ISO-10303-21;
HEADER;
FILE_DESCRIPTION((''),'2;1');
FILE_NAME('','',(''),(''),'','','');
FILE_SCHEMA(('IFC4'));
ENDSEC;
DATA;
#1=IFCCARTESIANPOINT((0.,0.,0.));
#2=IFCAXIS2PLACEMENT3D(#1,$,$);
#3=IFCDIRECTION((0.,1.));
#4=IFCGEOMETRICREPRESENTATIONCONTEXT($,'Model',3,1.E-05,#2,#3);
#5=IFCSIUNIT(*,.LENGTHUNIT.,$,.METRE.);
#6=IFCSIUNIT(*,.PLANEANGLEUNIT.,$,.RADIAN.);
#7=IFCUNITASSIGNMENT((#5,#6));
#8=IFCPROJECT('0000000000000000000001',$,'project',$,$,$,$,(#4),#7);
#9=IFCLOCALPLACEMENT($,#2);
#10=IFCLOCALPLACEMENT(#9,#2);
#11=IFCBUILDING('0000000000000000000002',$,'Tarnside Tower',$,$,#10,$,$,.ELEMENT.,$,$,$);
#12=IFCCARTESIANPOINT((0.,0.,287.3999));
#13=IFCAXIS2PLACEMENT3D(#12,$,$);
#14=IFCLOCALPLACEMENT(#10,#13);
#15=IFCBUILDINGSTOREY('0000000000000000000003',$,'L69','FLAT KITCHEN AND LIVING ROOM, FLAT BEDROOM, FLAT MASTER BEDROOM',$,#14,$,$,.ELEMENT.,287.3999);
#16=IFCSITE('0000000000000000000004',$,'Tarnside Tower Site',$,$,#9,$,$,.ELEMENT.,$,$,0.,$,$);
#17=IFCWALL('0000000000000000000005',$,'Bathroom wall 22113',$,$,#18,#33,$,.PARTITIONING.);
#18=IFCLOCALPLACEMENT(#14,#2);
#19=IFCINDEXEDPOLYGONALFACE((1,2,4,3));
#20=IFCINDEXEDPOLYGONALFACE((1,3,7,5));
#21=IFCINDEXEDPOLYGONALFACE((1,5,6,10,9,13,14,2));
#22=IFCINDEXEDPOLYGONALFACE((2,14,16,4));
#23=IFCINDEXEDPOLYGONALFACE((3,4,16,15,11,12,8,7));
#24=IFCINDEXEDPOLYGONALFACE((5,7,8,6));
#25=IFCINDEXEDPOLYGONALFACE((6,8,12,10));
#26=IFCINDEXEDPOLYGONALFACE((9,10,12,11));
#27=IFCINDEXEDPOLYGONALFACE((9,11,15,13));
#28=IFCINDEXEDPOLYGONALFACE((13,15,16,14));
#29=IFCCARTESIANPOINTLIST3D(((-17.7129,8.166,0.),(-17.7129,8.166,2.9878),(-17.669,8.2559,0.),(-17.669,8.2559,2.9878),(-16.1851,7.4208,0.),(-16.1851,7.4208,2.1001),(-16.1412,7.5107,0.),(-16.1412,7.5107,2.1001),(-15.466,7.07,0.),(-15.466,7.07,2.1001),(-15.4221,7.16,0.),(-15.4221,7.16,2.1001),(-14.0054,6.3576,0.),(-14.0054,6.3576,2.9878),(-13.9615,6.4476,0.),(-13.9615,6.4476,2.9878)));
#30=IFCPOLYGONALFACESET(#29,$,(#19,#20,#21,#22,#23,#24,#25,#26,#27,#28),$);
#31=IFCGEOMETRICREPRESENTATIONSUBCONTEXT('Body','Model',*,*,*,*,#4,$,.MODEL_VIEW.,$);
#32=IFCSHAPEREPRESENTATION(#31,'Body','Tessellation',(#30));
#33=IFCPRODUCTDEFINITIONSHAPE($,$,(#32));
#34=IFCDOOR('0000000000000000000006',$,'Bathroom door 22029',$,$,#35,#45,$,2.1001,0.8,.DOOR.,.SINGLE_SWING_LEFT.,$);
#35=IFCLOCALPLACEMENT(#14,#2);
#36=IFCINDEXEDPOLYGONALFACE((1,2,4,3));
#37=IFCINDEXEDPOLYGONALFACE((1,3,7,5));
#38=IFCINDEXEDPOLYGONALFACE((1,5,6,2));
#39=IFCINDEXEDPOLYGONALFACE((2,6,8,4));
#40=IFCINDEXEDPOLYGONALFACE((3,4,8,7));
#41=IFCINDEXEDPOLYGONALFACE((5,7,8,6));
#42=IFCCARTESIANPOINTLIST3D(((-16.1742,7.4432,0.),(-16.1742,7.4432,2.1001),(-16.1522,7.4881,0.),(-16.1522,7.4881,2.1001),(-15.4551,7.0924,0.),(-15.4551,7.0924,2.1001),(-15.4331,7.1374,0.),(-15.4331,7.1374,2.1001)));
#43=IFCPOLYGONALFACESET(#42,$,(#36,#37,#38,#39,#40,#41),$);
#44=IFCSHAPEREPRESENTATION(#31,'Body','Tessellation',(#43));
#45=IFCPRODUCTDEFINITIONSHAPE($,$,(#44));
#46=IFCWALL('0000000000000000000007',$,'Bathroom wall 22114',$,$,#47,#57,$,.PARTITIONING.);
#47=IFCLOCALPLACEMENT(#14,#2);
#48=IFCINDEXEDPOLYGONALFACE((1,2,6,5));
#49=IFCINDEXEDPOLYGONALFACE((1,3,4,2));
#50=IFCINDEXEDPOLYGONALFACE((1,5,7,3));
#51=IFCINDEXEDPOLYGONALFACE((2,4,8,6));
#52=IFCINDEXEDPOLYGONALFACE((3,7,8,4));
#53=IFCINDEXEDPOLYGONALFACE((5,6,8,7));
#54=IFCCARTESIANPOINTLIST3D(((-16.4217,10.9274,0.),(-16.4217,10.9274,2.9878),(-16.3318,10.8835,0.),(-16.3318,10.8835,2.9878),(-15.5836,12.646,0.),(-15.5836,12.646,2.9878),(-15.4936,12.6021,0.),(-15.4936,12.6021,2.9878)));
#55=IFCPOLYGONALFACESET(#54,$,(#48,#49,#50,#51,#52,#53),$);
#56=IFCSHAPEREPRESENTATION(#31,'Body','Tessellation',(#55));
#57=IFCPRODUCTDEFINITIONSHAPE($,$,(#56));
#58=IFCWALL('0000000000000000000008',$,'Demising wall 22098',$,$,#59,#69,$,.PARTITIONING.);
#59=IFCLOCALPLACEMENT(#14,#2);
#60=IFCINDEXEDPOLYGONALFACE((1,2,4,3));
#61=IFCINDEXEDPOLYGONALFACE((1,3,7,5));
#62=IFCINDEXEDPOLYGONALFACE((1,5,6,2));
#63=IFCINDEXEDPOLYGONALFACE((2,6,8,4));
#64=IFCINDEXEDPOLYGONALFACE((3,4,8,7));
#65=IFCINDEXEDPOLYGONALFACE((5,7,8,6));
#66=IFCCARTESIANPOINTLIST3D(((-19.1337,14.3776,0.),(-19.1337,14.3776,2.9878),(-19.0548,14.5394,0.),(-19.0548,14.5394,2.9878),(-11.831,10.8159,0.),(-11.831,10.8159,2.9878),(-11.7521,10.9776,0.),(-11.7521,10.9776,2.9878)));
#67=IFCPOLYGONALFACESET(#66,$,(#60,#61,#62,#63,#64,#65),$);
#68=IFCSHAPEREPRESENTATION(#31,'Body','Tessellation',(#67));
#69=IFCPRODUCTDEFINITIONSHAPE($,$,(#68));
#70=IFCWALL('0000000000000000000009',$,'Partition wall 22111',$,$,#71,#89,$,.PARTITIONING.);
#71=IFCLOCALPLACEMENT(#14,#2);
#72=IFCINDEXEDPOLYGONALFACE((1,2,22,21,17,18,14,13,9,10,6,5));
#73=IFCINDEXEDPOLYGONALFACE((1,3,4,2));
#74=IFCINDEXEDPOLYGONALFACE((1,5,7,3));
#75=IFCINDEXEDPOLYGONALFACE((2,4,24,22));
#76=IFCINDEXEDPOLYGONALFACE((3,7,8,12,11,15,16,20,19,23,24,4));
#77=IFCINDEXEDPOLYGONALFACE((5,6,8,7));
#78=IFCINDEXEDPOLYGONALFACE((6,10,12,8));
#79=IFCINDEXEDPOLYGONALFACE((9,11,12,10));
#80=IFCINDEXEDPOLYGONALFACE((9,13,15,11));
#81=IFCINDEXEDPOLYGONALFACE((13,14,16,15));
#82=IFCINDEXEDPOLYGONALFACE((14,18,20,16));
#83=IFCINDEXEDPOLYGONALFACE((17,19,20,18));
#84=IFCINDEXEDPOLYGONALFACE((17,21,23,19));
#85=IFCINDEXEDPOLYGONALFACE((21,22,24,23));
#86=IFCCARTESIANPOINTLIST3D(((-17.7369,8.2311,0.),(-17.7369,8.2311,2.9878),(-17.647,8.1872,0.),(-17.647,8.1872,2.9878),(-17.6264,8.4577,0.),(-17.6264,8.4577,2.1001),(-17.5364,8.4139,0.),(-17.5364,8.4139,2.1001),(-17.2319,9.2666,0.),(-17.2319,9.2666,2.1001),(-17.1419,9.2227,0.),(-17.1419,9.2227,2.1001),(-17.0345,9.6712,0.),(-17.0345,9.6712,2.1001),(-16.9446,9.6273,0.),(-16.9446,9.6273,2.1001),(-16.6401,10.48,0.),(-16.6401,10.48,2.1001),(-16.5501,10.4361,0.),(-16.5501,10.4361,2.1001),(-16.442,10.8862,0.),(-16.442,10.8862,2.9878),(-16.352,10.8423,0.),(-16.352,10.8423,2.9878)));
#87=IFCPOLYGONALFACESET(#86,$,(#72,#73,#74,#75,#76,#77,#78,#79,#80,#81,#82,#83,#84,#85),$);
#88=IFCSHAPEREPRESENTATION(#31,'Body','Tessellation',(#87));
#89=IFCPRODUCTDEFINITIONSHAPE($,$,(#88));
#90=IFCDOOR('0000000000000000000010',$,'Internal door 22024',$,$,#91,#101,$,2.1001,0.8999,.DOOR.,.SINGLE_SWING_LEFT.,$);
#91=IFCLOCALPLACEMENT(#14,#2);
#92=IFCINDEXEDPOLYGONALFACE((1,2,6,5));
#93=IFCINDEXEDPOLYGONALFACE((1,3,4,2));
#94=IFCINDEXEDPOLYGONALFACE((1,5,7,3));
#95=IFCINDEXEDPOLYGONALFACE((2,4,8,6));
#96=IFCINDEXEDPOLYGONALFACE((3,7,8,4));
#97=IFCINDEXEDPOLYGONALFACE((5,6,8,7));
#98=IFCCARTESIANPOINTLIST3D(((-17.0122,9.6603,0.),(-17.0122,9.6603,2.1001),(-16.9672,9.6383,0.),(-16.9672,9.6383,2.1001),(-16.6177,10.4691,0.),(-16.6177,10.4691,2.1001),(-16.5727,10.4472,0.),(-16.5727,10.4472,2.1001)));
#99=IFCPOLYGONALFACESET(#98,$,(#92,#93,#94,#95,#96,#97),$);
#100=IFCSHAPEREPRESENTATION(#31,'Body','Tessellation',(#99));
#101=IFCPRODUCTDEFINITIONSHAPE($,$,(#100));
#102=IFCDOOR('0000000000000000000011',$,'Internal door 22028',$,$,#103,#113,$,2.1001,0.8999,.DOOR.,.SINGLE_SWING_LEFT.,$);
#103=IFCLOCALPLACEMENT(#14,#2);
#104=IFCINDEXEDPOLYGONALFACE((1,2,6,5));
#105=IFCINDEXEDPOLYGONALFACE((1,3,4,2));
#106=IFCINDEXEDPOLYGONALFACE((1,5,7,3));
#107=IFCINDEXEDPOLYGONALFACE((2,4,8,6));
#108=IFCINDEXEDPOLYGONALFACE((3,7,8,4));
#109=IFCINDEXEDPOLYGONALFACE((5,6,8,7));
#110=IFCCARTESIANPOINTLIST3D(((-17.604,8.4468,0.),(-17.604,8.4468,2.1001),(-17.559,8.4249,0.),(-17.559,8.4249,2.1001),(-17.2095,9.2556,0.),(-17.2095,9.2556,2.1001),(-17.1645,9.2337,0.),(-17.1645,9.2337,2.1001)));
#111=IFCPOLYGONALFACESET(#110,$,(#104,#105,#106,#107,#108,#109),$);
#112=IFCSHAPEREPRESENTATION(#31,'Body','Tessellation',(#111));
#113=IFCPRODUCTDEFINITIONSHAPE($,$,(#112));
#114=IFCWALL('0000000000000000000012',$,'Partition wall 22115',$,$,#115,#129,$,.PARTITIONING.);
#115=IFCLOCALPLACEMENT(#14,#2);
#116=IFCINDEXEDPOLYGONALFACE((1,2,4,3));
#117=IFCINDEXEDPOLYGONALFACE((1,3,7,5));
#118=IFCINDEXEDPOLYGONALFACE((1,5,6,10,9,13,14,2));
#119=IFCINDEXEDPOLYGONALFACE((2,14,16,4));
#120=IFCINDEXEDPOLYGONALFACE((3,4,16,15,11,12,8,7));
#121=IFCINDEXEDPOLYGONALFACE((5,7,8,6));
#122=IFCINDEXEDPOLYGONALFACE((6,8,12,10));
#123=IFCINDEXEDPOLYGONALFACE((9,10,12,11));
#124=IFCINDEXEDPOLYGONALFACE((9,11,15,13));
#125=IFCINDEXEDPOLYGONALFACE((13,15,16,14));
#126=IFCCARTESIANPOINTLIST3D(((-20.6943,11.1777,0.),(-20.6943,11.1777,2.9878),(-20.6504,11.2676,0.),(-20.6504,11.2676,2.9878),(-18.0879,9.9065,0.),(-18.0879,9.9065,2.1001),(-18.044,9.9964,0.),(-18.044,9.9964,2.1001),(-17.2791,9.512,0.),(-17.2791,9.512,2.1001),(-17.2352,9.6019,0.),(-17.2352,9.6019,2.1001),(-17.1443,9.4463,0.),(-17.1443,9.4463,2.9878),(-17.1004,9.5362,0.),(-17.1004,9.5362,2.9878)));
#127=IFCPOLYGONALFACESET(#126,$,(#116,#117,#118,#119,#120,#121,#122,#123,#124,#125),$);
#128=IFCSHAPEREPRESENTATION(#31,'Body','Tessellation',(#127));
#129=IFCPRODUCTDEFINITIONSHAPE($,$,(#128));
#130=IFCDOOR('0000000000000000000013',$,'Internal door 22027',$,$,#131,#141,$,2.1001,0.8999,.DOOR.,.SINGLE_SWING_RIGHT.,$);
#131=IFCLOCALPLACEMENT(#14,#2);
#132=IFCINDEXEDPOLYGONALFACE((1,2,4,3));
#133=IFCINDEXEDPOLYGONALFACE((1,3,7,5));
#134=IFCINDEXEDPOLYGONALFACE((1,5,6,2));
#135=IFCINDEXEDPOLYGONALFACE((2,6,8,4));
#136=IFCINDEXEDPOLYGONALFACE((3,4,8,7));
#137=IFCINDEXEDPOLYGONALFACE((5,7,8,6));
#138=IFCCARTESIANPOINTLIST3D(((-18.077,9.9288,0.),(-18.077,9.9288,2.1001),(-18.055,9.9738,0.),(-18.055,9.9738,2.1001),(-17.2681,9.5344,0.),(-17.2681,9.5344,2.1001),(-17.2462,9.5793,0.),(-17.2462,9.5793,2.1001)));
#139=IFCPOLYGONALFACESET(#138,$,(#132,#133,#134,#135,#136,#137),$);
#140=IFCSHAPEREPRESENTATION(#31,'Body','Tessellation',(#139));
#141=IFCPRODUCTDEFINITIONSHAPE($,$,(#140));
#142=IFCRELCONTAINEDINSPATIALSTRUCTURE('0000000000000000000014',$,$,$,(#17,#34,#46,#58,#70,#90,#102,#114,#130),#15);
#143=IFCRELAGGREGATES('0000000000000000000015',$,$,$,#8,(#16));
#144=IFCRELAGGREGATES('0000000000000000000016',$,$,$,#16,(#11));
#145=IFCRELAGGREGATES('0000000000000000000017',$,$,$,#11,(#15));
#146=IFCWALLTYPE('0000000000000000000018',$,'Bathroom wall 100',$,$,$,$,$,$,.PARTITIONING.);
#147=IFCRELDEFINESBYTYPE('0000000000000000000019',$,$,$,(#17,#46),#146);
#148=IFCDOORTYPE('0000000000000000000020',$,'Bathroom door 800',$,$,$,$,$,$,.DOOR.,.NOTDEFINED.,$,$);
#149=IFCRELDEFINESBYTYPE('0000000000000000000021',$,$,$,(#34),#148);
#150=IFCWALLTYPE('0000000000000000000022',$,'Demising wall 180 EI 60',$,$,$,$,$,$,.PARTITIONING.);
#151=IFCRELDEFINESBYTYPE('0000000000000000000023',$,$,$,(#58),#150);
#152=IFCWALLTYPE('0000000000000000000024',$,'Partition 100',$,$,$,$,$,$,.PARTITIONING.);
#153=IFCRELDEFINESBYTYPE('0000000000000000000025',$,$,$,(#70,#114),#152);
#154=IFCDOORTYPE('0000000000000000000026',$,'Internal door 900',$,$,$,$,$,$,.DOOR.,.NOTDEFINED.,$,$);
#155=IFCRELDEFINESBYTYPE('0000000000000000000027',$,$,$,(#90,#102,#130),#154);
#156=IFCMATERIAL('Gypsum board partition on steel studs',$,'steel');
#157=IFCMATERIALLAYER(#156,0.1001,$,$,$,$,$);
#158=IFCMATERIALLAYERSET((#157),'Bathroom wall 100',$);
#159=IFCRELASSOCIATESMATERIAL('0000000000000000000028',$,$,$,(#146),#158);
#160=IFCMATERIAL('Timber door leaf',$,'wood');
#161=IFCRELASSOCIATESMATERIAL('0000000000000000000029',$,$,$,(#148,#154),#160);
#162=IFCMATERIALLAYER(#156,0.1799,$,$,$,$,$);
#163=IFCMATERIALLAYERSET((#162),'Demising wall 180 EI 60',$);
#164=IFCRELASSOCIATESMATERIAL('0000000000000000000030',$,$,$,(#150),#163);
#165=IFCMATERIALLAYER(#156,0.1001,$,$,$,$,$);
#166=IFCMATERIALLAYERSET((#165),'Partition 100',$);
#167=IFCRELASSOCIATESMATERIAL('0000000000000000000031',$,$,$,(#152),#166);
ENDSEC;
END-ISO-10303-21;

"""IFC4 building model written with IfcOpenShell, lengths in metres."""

from ifc_helpers import new_model, si_unit, direction, frame, frame_2d, origin, place, context, subcontext, project, spatial, rectangle, extrude, material, layer, layer_set, type_object, element, fill, save


model = new_model("IFC4")

# Units and contexts
model_context = context("Model", 3, precision=1e-05, world=origin(), true_north=direction((0.0, 1.0)))
body_context = subcontext(model_context, "Body", "Model", "MODEL_VIEW")
ifc_project = project(units=[si_unit("LENGTHUNIT", "METRE"), si_unit("PLANEANGLEUNIT", "RADIAN")], contexts=[model_context])

# Site, building, storey
site_placement = place(None, origin())
site = spatial("IfcSite", under=ifc_project, at=site_placement, Name="Tarnside Tower Site", CompositionType="ELEMENT", RefElevation=0.0)
building_placement = place(site_placement, origin())
building = spatial("IfcBuilding", under=site, at=building_placement, Name="Tarnside Tower", CompositionType="ELEMENT")
storey_placement = place(building_placement, frame((0.0, 0.0, 287.3999)))
storey = spatial("IfcBuildingStorey", under=building, at=storey_placement, Name="L69", Description="FLAT KITCHEN AND LIVING ROOM, FLAT BEDROOM, FLAT MASTER BEDROOM", CompositionType="ELEMENT", Elevation=287.3999)

# Wall, opening, door
ifc_material_1 = material(Name="Gypsum board partition on steel studs", Category="steel")
ifc_layer_1 = layer(ifc_material_1, 0.1001)
ifc_layer_set_1 = layer_set([ifc_layer_1], Name="Bathroom wall 100")
wall_type_1 = type_object("IfcWallType", Name="Bathroom wall 100", PredefinedType="PARTITIONING", material=ifc_layer_set_1)
ifc_material_2 = material(Name="Timber door leaf", Category="wood")
door_type_1 = type_object("IfcDoorType", Name="Bathroom door 800", OperationType="NOTDEFINED", PredefinedType="DOOR", material=ifc_material_2)
wall_1_placement = place(storey_placement, frame((-17.6909, 8.2109, 0.0), z_axis=(0.0, 0.0, 1.0), x_axis=(0.898787, -0.438385, 0.0)))
wall_1 = element("IfcWall", 1, at=wall_1_placement, inside=storey, type_object=wall_type_1, Name="Bathroom wall 22113", PredefinedType="PARTITIONING", context=body_context, shape_type="SweptSolid", body=[
    extrude(rectangle(XDim=4.125, YDim=0.1001, at=frame_2d((2.0625, 0.0))), origin(), (0.0, 0.0, 1.0), 2.9878),
])
opening_1_placement = place(wall_1_placement, frame((1.7, 0.0, 0.0)))
opening_1 = element("IfcOpeningElement", 2, at=opening_1_placement, cuts=wall_1, PredefinedType="OPENING", context=body_context, shape_type="SweptSolid", body=[
    extrude(rectangle(XDim=0.8, YDim=2.1001, at=frame_2d((0.3999, 1.05))), frame((0.0, 0.0601, 0.0), z_axis=(0.0, -1.0, 0.0), x_axis=(1.0, 0.0, 0.0)), (0.0, 0.0, 1.0), 0.1201),
])
door_1_placement = place(opening_1_placement, origin())
door_1 = element("IfcDoor", 3, at=door_1_placement, inside=storey, type_object=door_type_1, Name="Bathroom door 22029", OperationType="SINGLE_SWING_LEFT", OverallHeight=2.1001, OverallWidth=0.8, PredefinedType="DOOR", context=body_context, shape_type="SweptSolid", body=[
    extrude(rectangle(XDim=0.8, YDim=2.1001, at=frame_2d((0.3999, 1.05))), frame((0.0, 0.0249, 0.0), z_axis=(0.0, -1.0, 0.0), x_axis=(1.0, 0.0, 0.0)), (0.0, 0.0, 1.0), 0.05),
])
fill(opening_1, door_1)

# Walls
wall_2_placement = place(storey_placement, frame((-15.5386, 12.624, 0.0), z_axis=(0.0, 0.0, 1.0), x_axis=(-0.438356, -0.898802, 0.0)))
element("IfcWall", 4, at=wall_2_placement, inside=storey, type_object=wall_type_1, Name="Bathroom wall 22114", PredefinedType="PARTITIONING", context=body_context, shape_type="SweptSolid", body=[
    extrude(rectangle(XDim=1.9121, YDim=0.1001, at=frame_2d((0.9561, 0.0))), origin(), (0.0, 0.0, 1.0), 2.9878),
])
ifc_layer_2 = layer(ifc_material_1, 0.1799)
ifc_layer_set_2 = layer_set([ifc_layer_2], Name="Demising wall 180 EI 60")
wall_type_2 = type_object("IfcWallType", Name="Demising wall 180 EI 60", PredefinedType="PARTITIONING", material=ifc_layer_set_2)
wall_3_placement = place(storey_placement, frame((-19.0942, 14.4585, 0.0), z_axis=(0.0, 0.0, 1.0), x_axis=(0.898795, -0.43837, 0.0)))
element("IfcWall", 5, at=wall_3_placement, inside=storey, type_object=wall_type_2, Name="Demising wall 22098", PredefinedType="PARTITIONING", context=body_context, shape_type="SweptSolid", body=[
    extrude(rectangle(XDim=8.125, YDim=0.1799, at=frame_2d((4.0625, 0.0))), origin(), (0.0, 0.0, 1.0), 2.9878),
])

# Wall, openings, doors
ifc_layer_3 = layer(ifc_material_1, 0.1001)
ifc_layer_set_3 = layer_set([ifc_layer_3], Name="Partition 100")
wall_type_3 = type_object("IfcWallType", Name="Partition 100", PredefinedType="PARTITIONING", material=ifc_layer_set_3)
wall_4_placement = place(storey_placement, frame((-16.397, 10.8643, 0.0), z_axis=(0.0, 0.0, 1.0), x_axis=(-0.438365, -0.898797, 0.0)))
wall_4 = element("IfcWall", 6, at=wall_4_placement, inside=storey, type_object=wall_type_3, Name="Partition wall 22111", PredefinedType="PARTITIONING", context=body_context, shape_type="SweptSolid", body=[
    extrude(rectangle(XDim=2.9541, YDim=0.1001, at=frame_2d((1.4771, 0.0))), origin(), (0.0, 0.0, 1.0), 2.9878),
])
opening_2_placement = place(wall_4_placement, frame((0.4519, 0.0, 0.0)))
opening_2 = element("IfcOpeningElement", 7, at=opening_2_placement, cuts=wall_4, PredefinedType="OPENING", context=body_context, shape_type="SweptSolid", body=[
    extrude(rectangle(XDim=0.8999, YDim=2.1001, at=frame_2d((0.45, 1.05))), frame((0.0, 0.0601, 0.0), z_axis=(0.0, -1.0, 0.0), x_axis=(1.0, 0.0, 0.0)), (0.0, 0.0, 1.0), 0.1201),
])
opening_3_placement = place(wall_4_placement, frame((1.802, 0.0, 0.0)))
opening_3 = element("IfcOpeningElement", 8, at=opening_3_placement, cuts=wall_4, PredefinedType="OPENING", context=body_context, shape_type="SweptSolid", body=[
    extrude(rectangle(XDim=0.8999, YDim=2.1001, at=frame_2d((0.45, 1.05))), frame((0.0, 0.0601, 0.0), z_axis=(0.0, -1.0, 0.0), x_axis=(1.0, 0.0, 0.0)), (0.0, 0.0, 1.0), 0.1201),
])
door_type_2 = type_object("IfcDoorType", Name="Internal door 900", OperationType="NOTDEFINED", PredefinedType="DOOR", material=ifc_material_2)
door_2_placement = place(opening_2_placement, origin())
door_2 = element("IfcDoor", 9, at=door_2_placement, inside=storey, type_object=door_type_2, Name="Internal door 22024", OperationType="SINGLE_SWING_LEFT", OverallHeight=2.1001, OverallWidth=0.8999, PredefinedType="DOOR", context=body_context, shape_type="SweptSolid", body=[
    extrude(rectangle(XDim=0.8999, YDim=2.1001, at=frame_2d((0.45, 1.05))), frame((0.0, 0.0249, 0.0), z_axis=(0.0, -1.0, 0.0), x_axis=(1.0, 0.0, 0.0)), (0.0, 0.0, 1.0), 0.05),
])
fill(opening_2, door_2)
door_3_placement = place(opening_3_placement, origin())
door_3 = element("IfcDoor", 10, at=door_3_placement, inside=storey, type_object=door_type_2, Name="Internal door 22028", OperationType="SINGLE_SWING_LEFT", OverallHeight=2.1001, OverallWidth=0.8999, PredefinedType="DOOR", context=body_context, shape_type="SweptSolid", body=[
    extrude(rectangle(XDim=0.8999, YDim=2.1001, at=frame_2d((0.45, 1.05))), frame((0.0, 0.0249, 0.0), z_axis=(0.0, -1.0, 0.0), x_axis=(1.0, 0.0, 0.0)), (0.0, 0.0, 1.0), 0.05),
])
fill(opening_3, door_3)

# Wall, opening, door
wall_5_placement = place(storey_placement, frame((-20.6724, 11.2227, 0.0), z_axis=(0.0, 0.0, 1.0), x_axis=(0.898797, -0.438365, 0.0)))
wall_5 = element("IfcWall", 11, at=wall_5_placement, inside=storey, type_object=wall_type_3, Name="Partition wall 22115", PredefinedType="PARTITIONING", context=body_context, shape_type="SweptSolid", body=[
    extrude(rectangle(XDim=3.9497, YDim=0.1001, at=frame_2d((1.9749, 0.0))), origin(), (0.0, 0.0, 1.0), 2.9878),
])
opening_4_placement = place(wall_5_placement, frame((2.8999, 0.0, 0.0)))
opening_4 = element("IfcOpeningElement", 12, at=opening_4_placement, cuts=wall_5, PredefinedType="OPENING", context=body_context, shape_type="SweptSolid", body=[
    extrude(rectangle(XDim=0.8999, YDim=2.1001, at=frame_2d((0.45, 1.05))), frame((0.0, 0.0601, 0.0), z_axis=(0.0, -1.0, 0.0), x_axis=(1.0, 0.0, 0.0)), (0.0, 0.0, 1.0), 0.1201),
])
door_4_placement = place(opening_4_placement, origin())
door_4 = element("IfcDoor", 13, at=door_4_placement, inside=storey, type_object=door_type_2, Name="Internal door 22027", OperationType="SINGLE_SWING_RIGHT", OverallHeight=2.1001, OverallWidth=0.8999, PredefinedType="DOOR", context=body_context, shape_type="SweptSolid", body=[
    extrude(rectangle(XDim=0.8999, YDim=2.1001, at=frame_2d((0.45, 1.05))), frame((0.0, 0.0249, 0.0), z_axis=(0.0, -1.0, 0.0), x_axis=(1.0, 0.0, 0.0)), (0.0, 0.0, 1.0), 0.05),
])
fill(opening_4, door_4)

save(model, "model.ifc")
